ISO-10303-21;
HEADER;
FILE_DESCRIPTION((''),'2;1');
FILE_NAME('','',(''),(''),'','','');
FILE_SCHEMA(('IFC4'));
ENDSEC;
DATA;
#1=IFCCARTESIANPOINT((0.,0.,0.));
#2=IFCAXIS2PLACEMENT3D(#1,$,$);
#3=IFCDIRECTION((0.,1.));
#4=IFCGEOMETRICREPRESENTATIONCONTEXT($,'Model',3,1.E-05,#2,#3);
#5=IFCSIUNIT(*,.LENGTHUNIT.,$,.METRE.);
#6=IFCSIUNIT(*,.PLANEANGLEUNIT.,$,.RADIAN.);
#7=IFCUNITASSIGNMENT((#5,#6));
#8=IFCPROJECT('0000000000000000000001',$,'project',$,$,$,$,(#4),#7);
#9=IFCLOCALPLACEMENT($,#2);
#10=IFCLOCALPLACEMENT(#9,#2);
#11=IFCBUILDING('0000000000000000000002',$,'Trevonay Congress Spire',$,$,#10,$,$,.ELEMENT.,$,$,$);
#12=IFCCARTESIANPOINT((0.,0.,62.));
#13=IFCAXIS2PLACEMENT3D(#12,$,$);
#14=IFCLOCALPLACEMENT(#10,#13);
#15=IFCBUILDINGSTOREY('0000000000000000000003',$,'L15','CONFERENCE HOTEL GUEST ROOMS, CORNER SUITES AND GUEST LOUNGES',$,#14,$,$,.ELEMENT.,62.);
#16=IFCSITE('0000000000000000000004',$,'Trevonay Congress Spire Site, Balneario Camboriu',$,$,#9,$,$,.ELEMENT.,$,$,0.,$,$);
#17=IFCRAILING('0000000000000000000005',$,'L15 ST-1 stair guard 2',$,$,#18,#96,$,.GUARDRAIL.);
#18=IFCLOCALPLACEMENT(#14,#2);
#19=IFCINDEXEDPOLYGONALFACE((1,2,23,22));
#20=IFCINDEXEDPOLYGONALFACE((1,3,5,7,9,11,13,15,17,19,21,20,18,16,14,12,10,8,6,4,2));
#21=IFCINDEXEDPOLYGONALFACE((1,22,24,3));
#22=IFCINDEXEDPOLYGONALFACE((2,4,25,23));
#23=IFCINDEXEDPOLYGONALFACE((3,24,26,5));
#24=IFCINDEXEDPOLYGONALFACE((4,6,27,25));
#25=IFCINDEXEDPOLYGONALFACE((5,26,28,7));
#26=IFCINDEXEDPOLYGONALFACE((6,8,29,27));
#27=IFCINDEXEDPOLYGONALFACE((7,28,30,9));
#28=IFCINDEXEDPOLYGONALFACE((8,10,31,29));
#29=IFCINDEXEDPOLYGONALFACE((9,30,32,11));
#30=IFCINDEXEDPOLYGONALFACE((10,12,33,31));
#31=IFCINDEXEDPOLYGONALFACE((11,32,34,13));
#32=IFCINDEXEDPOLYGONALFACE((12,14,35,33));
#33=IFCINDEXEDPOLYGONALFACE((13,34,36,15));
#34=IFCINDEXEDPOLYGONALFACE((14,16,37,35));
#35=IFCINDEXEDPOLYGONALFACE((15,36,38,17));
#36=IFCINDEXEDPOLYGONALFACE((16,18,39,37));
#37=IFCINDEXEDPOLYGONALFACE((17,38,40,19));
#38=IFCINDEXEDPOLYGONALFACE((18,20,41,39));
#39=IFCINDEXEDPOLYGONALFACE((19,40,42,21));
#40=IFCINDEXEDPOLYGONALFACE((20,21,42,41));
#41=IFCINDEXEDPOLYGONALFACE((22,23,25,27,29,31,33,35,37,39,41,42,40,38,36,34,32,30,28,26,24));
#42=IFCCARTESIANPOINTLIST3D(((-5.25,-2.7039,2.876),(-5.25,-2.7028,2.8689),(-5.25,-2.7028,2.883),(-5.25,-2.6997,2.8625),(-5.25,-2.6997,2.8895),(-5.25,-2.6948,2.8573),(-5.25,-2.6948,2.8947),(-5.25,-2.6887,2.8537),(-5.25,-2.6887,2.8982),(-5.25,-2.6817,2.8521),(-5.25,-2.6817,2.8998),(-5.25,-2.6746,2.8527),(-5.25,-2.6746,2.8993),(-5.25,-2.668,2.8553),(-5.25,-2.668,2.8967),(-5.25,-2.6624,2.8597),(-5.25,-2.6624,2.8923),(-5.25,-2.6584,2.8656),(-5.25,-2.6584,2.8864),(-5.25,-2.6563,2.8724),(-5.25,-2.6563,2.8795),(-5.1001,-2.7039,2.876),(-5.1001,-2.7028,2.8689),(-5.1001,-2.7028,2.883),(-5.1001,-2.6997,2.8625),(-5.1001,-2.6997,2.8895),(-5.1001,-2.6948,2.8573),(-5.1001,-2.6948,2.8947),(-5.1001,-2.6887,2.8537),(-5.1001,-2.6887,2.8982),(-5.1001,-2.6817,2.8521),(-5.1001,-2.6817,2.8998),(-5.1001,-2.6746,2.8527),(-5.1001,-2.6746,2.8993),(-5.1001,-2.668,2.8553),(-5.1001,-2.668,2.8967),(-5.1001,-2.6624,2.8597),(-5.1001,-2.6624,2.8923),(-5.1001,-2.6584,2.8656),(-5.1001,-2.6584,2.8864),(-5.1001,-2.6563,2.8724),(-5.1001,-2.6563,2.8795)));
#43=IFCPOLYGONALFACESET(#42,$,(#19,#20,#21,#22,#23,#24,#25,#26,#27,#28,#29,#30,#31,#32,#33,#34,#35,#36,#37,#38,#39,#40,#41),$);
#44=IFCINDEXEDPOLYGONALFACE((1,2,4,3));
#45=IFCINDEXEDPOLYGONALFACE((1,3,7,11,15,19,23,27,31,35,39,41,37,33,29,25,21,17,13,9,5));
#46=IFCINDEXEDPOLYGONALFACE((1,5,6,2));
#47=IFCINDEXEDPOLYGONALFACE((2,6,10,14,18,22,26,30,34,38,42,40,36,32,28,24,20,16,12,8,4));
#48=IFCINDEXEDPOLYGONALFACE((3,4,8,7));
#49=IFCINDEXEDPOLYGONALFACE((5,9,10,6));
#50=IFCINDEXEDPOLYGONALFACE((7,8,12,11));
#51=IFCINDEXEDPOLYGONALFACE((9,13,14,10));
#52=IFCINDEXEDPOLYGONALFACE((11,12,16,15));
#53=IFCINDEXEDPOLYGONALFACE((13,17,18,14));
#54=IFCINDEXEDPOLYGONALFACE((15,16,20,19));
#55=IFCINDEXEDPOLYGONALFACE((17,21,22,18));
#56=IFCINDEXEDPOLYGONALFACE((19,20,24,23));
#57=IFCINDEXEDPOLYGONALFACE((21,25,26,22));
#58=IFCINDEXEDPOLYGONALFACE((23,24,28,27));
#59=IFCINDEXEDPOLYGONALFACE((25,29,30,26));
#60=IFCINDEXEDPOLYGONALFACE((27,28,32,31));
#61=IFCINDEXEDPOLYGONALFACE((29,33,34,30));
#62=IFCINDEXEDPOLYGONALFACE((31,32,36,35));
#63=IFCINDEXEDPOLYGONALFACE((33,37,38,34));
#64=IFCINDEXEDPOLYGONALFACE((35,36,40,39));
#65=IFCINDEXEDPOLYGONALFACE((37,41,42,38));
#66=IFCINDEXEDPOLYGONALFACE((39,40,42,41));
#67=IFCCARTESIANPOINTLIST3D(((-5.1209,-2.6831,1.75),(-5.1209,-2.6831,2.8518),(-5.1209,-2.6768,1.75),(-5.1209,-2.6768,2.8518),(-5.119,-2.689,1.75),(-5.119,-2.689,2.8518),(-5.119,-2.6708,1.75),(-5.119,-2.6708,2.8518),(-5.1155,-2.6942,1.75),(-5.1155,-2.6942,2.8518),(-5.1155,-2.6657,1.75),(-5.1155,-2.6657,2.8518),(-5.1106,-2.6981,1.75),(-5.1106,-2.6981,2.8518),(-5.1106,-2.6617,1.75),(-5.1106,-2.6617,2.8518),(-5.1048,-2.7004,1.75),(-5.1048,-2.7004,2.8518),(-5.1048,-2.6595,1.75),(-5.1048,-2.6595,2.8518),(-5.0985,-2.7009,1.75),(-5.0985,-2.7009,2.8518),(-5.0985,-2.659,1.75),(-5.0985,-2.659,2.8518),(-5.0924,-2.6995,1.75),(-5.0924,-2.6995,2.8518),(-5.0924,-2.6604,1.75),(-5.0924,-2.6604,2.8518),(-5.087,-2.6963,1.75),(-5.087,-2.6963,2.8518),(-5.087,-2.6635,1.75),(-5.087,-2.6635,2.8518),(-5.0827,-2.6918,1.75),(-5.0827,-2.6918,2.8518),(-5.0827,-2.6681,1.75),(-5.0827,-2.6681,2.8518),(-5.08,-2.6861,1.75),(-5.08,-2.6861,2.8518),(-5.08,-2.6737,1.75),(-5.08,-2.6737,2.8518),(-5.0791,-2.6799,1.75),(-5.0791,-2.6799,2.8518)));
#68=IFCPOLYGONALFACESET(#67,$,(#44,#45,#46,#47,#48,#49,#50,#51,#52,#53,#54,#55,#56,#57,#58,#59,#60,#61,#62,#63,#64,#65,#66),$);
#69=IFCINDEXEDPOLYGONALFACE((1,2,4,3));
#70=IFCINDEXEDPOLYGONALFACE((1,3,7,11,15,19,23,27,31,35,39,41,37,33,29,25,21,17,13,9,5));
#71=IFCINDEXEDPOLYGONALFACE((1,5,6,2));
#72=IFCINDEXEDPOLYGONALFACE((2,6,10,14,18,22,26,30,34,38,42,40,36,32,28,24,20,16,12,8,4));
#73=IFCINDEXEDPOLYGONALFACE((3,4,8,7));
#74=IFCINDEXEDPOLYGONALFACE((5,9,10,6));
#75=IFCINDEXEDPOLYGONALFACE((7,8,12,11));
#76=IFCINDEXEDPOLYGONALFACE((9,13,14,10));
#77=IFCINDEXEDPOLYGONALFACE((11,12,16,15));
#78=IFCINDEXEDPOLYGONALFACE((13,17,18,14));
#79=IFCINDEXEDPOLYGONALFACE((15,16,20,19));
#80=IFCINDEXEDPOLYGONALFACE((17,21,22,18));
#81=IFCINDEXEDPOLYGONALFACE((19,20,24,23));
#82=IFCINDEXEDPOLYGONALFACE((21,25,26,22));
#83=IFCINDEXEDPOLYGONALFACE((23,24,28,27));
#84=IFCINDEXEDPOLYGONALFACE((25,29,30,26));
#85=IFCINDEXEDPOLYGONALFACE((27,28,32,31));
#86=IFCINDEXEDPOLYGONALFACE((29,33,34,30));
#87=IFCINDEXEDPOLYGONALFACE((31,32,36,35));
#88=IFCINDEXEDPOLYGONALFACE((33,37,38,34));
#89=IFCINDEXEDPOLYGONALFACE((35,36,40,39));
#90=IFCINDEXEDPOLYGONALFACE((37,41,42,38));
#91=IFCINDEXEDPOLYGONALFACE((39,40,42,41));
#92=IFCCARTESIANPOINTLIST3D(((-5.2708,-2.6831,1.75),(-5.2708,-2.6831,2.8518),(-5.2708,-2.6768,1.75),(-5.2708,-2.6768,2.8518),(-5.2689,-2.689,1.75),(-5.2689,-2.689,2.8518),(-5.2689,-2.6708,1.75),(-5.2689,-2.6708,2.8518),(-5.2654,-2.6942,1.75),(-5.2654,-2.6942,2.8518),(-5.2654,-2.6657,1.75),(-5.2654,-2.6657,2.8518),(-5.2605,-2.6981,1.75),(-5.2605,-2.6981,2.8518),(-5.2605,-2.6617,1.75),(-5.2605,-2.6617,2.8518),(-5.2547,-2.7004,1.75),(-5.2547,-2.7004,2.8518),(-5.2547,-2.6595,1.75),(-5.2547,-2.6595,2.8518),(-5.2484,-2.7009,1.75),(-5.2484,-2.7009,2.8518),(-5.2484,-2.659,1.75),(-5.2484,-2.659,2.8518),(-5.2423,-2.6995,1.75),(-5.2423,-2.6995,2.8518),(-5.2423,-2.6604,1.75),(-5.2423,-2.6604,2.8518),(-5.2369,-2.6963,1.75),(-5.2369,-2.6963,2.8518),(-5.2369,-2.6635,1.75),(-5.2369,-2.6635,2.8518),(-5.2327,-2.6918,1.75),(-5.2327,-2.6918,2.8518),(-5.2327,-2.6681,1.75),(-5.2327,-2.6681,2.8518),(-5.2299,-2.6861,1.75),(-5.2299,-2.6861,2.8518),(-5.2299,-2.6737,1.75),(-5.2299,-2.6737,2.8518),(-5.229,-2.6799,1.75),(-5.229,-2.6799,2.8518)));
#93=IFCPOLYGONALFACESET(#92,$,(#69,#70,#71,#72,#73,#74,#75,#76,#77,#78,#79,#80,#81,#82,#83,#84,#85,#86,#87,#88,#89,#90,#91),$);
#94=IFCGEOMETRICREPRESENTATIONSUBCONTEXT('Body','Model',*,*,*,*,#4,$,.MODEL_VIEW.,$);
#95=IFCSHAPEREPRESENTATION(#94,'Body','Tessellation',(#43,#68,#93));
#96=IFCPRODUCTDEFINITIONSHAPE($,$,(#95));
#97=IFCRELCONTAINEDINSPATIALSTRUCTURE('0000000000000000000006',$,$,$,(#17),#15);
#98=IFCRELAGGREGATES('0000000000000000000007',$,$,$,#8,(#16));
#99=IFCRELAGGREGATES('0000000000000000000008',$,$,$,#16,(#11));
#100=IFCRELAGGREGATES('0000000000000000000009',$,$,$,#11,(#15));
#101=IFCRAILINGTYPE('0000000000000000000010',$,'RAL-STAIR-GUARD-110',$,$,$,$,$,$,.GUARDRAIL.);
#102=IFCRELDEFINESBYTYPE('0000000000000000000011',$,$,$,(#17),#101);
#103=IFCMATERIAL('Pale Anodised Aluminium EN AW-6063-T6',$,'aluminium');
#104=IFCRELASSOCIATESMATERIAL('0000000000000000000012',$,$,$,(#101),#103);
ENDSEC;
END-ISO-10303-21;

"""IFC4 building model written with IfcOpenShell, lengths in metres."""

from ifc_helpers import new_model, si_unit, direction, frame, origin, origin_2d, place, context, subcontext, project, spatial, circle, extrude, material, type_object, element, save


model = new_model("IFC4")

# Units and contexts
model_context = context("Model", 3, precision=1e-05, world=origin(), true_north=direction((0.0, 1.0)))
body_context = subcontext(model_context, "Body", "Model", "MODEL_VIEW")
ifc_project = project(units=[si_unit("LENGTHUNIT", "METRE"), si_unit("PLANEANGLEUNIT", "RADIAN")], contexts=[model_context])

# Site, building, storey
site_placement = place(None, origin())
site = spatial("IfcSite", under=ifc_project, at=site_placement, Name="Trevonay Congress Spire Site, Balneario Camboriu", CompositionType="ELEMENT", RefElevation=0.0)
building_placement = place(site_placement, origin())
building = spatial("IfcBuilding", under=site, at=building_placement, Name="Trevonay Congress Spire", CompositionType="ELEMENT")
storey_placement = place(building_placement, frame((0.0, 0.0, 62.0)))
storey = spatial("IfcBuildingStorey", under=building, at=storey_placement, Name="L15", Description="CONFERENCE HOTEL GUEST ROOMS, CORNER SUITES AND GUEST LOUNGES", CompositionType="ELEMENT", Elevation=62.0)

# Shared definitions
ifc_material_1 = material(Name="Pale Anodised Aluminium EN AW-6063-T6", Category="aluminium")

# Railing
railing_type_1 = type_object("IfcRailingType", Name="RAL-STAIR-GUARD-110", PredefinedType="GUARDRAIL", material=ifc_material_1)
railing_1_placement = place(storey_placement, frame((-5.1001, -2.6799, 1.75)))
element("IfcRailing", 1, at=railing_1_placement, inside=storey, type_object=railing_type_1, Name="L15 ST-1 stair guard 2", PredefinedType="GUARDRAIL", context=body_context, shape_type="SweptSolid", body=[
    extrude(circle(Radius=0.0239, at=origin_2d()), frame((0.0, 0.0, 1.126), z_axis=(-1.0, 0.0, 0.0), x_axis=(0.0, -1.0, 0.0)), (0.0, 0.0, 1.0), 0.1499),
    extrude(circle(Radius=0.021, at=origin_2d()), origin(), (0.0, 0.0, 1.0), 1.1018),
    extrude(circle(Radius=0.021, at=origin_2d()), frame((-0.1499, 0.0, 0.0)), (0.0, 0.0, 1.0), 1.1018),
])

save(model, "model.ifc")
